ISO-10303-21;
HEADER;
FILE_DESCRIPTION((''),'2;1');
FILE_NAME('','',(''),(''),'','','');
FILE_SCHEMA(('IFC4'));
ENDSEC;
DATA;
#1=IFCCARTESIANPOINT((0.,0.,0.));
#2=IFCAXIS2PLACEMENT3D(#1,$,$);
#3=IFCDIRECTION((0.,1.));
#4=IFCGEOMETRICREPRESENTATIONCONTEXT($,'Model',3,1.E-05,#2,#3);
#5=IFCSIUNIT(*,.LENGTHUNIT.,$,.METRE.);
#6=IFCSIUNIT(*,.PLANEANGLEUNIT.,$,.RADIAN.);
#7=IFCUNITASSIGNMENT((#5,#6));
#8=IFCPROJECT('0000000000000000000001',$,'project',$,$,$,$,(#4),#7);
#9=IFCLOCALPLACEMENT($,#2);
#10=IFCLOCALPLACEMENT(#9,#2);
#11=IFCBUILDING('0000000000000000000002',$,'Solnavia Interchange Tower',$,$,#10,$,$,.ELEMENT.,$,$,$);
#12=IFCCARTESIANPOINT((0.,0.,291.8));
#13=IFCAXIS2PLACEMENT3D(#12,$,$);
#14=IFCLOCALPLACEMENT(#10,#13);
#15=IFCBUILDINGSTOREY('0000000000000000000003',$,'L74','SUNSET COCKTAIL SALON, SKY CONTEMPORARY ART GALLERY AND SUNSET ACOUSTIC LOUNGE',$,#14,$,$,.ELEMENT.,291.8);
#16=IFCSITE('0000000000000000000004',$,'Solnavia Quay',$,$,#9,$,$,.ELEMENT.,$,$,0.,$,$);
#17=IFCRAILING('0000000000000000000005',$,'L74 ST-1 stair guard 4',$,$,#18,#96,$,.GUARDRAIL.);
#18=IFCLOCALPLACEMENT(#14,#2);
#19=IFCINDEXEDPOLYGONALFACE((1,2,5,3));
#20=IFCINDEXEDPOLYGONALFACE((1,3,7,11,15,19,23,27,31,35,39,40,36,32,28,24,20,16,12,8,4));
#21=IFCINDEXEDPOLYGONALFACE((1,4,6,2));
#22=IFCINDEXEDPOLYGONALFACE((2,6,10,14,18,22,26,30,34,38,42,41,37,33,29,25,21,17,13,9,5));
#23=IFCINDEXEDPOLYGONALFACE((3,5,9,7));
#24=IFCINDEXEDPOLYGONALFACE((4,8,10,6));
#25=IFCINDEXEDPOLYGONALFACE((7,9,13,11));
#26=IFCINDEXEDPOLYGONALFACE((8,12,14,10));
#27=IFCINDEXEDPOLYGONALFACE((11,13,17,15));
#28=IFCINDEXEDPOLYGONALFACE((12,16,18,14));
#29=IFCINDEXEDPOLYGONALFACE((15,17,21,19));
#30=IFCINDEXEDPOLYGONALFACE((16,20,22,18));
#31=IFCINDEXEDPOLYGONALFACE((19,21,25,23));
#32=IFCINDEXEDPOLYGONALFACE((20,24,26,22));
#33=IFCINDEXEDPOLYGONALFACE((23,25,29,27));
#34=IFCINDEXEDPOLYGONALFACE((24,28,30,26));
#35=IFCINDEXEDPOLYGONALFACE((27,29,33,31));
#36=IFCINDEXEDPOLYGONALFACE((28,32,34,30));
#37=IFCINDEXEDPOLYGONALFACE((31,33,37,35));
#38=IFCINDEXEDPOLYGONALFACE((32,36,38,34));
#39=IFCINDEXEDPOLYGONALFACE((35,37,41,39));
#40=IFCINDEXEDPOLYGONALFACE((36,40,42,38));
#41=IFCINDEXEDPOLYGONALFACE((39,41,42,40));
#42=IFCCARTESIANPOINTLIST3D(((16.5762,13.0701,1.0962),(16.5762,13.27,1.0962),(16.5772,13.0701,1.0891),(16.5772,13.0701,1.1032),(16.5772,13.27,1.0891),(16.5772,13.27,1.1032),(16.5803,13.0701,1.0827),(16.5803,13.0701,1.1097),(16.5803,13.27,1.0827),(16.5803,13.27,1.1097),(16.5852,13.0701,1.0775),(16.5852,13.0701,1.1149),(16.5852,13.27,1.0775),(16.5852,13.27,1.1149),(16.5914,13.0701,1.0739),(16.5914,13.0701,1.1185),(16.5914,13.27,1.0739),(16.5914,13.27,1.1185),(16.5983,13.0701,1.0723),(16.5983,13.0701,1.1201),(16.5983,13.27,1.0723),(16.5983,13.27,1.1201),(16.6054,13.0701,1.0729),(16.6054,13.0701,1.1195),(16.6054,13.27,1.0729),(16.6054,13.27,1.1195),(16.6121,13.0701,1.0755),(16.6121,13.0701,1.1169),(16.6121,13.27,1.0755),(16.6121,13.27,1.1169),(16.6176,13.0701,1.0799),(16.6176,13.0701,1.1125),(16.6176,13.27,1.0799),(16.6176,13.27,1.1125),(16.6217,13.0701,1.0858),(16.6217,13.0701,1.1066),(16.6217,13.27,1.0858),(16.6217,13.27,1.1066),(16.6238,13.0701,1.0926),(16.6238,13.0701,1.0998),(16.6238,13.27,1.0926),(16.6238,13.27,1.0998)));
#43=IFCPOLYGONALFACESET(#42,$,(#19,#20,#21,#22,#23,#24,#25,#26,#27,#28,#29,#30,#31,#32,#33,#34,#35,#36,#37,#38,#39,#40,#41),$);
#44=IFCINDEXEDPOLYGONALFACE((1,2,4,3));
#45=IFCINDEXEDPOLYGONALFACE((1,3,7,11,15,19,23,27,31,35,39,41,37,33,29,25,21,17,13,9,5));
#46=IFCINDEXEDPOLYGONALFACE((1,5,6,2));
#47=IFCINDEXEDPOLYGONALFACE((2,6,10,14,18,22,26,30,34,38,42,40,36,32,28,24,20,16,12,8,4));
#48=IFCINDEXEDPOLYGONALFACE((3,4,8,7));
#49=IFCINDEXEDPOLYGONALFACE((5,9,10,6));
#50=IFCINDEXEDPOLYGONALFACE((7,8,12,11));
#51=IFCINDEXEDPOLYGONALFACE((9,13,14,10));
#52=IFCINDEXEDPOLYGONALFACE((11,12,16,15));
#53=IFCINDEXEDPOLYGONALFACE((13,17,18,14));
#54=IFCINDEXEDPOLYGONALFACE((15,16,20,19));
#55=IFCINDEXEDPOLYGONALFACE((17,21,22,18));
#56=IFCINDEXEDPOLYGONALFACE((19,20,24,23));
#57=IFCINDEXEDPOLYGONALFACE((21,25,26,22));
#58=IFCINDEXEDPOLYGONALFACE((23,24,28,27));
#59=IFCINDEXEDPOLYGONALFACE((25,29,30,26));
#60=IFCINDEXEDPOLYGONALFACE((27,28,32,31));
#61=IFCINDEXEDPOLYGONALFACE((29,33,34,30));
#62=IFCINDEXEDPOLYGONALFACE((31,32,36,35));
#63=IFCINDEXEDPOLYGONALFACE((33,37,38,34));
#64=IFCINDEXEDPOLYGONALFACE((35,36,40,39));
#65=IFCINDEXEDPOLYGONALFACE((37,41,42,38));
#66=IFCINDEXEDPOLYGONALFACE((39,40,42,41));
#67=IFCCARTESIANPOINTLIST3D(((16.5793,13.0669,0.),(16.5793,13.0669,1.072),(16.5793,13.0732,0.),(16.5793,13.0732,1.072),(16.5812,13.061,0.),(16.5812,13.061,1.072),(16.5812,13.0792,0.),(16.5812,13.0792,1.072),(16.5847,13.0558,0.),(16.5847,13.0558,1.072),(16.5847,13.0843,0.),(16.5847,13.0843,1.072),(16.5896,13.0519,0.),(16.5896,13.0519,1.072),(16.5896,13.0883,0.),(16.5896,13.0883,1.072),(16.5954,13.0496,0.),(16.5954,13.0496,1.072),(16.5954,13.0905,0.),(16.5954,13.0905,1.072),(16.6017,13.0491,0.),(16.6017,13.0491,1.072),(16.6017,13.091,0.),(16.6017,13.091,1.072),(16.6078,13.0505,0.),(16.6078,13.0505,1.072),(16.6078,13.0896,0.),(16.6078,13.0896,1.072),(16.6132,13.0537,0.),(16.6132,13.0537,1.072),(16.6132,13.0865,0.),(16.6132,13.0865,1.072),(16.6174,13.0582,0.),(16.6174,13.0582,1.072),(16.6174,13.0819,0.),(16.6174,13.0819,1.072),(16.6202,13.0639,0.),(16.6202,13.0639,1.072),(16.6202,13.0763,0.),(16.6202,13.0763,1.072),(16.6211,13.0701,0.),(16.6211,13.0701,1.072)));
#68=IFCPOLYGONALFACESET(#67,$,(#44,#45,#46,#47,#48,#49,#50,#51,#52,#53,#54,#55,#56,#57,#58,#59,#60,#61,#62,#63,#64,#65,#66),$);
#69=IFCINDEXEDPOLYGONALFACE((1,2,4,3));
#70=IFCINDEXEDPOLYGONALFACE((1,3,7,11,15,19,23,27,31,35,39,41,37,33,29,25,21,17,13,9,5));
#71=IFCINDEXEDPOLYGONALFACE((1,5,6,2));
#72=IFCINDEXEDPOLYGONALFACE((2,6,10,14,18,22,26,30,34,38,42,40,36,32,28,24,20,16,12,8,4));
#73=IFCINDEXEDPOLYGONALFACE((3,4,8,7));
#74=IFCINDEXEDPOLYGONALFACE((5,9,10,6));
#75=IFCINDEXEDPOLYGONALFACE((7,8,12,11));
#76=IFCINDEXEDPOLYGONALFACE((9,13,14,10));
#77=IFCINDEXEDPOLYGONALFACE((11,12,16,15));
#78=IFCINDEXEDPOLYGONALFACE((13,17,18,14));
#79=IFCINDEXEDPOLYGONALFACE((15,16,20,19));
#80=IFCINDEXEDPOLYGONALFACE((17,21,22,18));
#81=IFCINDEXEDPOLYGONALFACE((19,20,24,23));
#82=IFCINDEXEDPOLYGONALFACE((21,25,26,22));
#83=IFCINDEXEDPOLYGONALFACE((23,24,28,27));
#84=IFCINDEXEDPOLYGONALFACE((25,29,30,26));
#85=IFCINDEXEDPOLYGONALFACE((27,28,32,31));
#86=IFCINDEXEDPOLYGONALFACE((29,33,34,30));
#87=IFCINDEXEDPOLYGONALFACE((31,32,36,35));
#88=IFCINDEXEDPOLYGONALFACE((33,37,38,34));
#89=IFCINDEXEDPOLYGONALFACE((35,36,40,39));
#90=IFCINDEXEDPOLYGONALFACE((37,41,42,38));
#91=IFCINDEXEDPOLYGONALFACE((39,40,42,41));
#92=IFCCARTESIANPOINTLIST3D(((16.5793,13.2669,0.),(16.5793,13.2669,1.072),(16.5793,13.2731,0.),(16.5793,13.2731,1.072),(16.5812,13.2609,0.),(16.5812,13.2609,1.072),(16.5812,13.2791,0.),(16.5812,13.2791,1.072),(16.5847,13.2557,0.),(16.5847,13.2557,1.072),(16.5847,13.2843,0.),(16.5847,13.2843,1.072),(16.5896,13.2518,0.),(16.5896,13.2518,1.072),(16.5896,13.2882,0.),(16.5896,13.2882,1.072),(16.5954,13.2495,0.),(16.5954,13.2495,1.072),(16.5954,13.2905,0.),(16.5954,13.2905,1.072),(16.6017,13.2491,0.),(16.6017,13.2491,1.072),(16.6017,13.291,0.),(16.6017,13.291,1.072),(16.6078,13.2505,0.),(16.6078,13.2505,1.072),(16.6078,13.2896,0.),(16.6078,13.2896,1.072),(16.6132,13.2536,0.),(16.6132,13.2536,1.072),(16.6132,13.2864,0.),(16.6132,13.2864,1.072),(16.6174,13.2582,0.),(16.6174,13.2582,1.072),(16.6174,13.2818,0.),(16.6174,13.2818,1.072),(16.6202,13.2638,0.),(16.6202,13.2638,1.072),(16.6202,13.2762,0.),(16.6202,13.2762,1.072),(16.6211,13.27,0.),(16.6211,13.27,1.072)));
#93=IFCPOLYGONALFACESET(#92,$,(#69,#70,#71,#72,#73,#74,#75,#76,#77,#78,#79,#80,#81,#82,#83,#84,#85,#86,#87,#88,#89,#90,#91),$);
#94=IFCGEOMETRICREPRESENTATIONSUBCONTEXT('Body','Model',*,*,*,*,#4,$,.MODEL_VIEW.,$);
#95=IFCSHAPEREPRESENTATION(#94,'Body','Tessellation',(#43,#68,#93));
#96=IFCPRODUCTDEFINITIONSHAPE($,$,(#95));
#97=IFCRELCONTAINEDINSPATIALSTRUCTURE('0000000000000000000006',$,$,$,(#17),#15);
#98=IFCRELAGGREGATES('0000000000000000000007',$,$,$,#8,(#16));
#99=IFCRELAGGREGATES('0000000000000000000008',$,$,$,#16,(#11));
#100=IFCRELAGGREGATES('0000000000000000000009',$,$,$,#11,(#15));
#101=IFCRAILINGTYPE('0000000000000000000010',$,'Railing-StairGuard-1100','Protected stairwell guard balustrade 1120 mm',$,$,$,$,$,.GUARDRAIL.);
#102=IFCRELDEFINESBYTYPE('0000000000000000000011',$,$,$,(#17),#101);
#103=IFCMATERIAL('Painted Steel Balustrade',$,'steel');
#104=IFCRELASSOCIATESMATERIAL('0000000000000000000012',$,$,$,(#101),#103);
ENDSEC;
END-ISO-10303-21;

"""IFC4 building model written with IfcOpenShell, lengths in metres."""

from ifc_helpers import new_model, si_unit, direction, frame, origin, origin_2d, place, context, subcontext, project, spatial, circle, extrude, material, type_object, element, save


model = new_model("IFC4")

# Units and contexts
model_context = context("Model", 3, precision=1e-05, world=origin(), true_north=direction((0.0, 1.0)))
body_context = subcontext(model_context, "Body", "Model", "MODEL_VIEW")
ifc_project = project(units=[si_unit("LENGTHUNIT", "METRE"), si_unit("PLANEANGLEUNIT", "RADIAN")], contexts=[model_context])

# Site, building, storey
site_placement = place(None, origin())
site = spatial("IfcSite", under=ifc_project, at=site_placement, Name="Solnavia Quay", CompositionType="ELEMENT", RefElevation=0.0)
building_placement = place(site_placement, origin())
building = spatial("IfcBuilding", under=site, at=building_placement, Name="Solnavia Interchange Tower", CompositionType="ELEMENT")
storey_placement = place(building_placement, frame((0.0, 0.0, 291.8)))
storey = spatial("IfcBuildingStorey", under=building, at=storey_placement, Name="L74", Description="SUNSET COCKTAIL SALON, SKY CONTEMPORARY ART GALLERY AND SUNSET ACOUSTIC LOUNGE", CompositionType="ELEMENT", Elevation=291.8)

# Railing
ifc_material_1 = material(Name="Painted Steel Balustrade", Category="steel")
railing_type_1 = type_object("IfcRailingType", Name="Railing-StairGuard-1100", Description="Protected stairwell guard balustrade 1120 mm", PredefinedType="GUARDRAIL", material=ifc_material_1)
railing_1_placement = place(storey_placement, frame((16.6001, 13.0701, 0.0)))
element("IfcRailing", 1, at=railing_1_placement, inside=storey, type_object=railing_type_1, Name="L74 ST-1 stair guard 4", PredefinedType="GUARDRAIL", context=body_context, shape_type="SweptSolid", body=[
    extrude(circle(Radius=0.0239, at=origin_2d()), frame((0.0, 0.0, 1.0962), z_axis=(0.0, 1.0, 0.0), x_axis=(-1.0, 0.0, 0.0)), (0.0, 0.0, 1.0), 0.2),
    extrude(circle(Radius=0.021, at=origin_2d()), origin(), (0.0, 0.0, 1.0), 1.072),
    extrude(circle(Radius=0.021, at=origin_2d()), frame((0.0, 0.2, 0.0)), (0.0, 0.0, 1.0), 1.072),
])

save(model, "model.ifc")
